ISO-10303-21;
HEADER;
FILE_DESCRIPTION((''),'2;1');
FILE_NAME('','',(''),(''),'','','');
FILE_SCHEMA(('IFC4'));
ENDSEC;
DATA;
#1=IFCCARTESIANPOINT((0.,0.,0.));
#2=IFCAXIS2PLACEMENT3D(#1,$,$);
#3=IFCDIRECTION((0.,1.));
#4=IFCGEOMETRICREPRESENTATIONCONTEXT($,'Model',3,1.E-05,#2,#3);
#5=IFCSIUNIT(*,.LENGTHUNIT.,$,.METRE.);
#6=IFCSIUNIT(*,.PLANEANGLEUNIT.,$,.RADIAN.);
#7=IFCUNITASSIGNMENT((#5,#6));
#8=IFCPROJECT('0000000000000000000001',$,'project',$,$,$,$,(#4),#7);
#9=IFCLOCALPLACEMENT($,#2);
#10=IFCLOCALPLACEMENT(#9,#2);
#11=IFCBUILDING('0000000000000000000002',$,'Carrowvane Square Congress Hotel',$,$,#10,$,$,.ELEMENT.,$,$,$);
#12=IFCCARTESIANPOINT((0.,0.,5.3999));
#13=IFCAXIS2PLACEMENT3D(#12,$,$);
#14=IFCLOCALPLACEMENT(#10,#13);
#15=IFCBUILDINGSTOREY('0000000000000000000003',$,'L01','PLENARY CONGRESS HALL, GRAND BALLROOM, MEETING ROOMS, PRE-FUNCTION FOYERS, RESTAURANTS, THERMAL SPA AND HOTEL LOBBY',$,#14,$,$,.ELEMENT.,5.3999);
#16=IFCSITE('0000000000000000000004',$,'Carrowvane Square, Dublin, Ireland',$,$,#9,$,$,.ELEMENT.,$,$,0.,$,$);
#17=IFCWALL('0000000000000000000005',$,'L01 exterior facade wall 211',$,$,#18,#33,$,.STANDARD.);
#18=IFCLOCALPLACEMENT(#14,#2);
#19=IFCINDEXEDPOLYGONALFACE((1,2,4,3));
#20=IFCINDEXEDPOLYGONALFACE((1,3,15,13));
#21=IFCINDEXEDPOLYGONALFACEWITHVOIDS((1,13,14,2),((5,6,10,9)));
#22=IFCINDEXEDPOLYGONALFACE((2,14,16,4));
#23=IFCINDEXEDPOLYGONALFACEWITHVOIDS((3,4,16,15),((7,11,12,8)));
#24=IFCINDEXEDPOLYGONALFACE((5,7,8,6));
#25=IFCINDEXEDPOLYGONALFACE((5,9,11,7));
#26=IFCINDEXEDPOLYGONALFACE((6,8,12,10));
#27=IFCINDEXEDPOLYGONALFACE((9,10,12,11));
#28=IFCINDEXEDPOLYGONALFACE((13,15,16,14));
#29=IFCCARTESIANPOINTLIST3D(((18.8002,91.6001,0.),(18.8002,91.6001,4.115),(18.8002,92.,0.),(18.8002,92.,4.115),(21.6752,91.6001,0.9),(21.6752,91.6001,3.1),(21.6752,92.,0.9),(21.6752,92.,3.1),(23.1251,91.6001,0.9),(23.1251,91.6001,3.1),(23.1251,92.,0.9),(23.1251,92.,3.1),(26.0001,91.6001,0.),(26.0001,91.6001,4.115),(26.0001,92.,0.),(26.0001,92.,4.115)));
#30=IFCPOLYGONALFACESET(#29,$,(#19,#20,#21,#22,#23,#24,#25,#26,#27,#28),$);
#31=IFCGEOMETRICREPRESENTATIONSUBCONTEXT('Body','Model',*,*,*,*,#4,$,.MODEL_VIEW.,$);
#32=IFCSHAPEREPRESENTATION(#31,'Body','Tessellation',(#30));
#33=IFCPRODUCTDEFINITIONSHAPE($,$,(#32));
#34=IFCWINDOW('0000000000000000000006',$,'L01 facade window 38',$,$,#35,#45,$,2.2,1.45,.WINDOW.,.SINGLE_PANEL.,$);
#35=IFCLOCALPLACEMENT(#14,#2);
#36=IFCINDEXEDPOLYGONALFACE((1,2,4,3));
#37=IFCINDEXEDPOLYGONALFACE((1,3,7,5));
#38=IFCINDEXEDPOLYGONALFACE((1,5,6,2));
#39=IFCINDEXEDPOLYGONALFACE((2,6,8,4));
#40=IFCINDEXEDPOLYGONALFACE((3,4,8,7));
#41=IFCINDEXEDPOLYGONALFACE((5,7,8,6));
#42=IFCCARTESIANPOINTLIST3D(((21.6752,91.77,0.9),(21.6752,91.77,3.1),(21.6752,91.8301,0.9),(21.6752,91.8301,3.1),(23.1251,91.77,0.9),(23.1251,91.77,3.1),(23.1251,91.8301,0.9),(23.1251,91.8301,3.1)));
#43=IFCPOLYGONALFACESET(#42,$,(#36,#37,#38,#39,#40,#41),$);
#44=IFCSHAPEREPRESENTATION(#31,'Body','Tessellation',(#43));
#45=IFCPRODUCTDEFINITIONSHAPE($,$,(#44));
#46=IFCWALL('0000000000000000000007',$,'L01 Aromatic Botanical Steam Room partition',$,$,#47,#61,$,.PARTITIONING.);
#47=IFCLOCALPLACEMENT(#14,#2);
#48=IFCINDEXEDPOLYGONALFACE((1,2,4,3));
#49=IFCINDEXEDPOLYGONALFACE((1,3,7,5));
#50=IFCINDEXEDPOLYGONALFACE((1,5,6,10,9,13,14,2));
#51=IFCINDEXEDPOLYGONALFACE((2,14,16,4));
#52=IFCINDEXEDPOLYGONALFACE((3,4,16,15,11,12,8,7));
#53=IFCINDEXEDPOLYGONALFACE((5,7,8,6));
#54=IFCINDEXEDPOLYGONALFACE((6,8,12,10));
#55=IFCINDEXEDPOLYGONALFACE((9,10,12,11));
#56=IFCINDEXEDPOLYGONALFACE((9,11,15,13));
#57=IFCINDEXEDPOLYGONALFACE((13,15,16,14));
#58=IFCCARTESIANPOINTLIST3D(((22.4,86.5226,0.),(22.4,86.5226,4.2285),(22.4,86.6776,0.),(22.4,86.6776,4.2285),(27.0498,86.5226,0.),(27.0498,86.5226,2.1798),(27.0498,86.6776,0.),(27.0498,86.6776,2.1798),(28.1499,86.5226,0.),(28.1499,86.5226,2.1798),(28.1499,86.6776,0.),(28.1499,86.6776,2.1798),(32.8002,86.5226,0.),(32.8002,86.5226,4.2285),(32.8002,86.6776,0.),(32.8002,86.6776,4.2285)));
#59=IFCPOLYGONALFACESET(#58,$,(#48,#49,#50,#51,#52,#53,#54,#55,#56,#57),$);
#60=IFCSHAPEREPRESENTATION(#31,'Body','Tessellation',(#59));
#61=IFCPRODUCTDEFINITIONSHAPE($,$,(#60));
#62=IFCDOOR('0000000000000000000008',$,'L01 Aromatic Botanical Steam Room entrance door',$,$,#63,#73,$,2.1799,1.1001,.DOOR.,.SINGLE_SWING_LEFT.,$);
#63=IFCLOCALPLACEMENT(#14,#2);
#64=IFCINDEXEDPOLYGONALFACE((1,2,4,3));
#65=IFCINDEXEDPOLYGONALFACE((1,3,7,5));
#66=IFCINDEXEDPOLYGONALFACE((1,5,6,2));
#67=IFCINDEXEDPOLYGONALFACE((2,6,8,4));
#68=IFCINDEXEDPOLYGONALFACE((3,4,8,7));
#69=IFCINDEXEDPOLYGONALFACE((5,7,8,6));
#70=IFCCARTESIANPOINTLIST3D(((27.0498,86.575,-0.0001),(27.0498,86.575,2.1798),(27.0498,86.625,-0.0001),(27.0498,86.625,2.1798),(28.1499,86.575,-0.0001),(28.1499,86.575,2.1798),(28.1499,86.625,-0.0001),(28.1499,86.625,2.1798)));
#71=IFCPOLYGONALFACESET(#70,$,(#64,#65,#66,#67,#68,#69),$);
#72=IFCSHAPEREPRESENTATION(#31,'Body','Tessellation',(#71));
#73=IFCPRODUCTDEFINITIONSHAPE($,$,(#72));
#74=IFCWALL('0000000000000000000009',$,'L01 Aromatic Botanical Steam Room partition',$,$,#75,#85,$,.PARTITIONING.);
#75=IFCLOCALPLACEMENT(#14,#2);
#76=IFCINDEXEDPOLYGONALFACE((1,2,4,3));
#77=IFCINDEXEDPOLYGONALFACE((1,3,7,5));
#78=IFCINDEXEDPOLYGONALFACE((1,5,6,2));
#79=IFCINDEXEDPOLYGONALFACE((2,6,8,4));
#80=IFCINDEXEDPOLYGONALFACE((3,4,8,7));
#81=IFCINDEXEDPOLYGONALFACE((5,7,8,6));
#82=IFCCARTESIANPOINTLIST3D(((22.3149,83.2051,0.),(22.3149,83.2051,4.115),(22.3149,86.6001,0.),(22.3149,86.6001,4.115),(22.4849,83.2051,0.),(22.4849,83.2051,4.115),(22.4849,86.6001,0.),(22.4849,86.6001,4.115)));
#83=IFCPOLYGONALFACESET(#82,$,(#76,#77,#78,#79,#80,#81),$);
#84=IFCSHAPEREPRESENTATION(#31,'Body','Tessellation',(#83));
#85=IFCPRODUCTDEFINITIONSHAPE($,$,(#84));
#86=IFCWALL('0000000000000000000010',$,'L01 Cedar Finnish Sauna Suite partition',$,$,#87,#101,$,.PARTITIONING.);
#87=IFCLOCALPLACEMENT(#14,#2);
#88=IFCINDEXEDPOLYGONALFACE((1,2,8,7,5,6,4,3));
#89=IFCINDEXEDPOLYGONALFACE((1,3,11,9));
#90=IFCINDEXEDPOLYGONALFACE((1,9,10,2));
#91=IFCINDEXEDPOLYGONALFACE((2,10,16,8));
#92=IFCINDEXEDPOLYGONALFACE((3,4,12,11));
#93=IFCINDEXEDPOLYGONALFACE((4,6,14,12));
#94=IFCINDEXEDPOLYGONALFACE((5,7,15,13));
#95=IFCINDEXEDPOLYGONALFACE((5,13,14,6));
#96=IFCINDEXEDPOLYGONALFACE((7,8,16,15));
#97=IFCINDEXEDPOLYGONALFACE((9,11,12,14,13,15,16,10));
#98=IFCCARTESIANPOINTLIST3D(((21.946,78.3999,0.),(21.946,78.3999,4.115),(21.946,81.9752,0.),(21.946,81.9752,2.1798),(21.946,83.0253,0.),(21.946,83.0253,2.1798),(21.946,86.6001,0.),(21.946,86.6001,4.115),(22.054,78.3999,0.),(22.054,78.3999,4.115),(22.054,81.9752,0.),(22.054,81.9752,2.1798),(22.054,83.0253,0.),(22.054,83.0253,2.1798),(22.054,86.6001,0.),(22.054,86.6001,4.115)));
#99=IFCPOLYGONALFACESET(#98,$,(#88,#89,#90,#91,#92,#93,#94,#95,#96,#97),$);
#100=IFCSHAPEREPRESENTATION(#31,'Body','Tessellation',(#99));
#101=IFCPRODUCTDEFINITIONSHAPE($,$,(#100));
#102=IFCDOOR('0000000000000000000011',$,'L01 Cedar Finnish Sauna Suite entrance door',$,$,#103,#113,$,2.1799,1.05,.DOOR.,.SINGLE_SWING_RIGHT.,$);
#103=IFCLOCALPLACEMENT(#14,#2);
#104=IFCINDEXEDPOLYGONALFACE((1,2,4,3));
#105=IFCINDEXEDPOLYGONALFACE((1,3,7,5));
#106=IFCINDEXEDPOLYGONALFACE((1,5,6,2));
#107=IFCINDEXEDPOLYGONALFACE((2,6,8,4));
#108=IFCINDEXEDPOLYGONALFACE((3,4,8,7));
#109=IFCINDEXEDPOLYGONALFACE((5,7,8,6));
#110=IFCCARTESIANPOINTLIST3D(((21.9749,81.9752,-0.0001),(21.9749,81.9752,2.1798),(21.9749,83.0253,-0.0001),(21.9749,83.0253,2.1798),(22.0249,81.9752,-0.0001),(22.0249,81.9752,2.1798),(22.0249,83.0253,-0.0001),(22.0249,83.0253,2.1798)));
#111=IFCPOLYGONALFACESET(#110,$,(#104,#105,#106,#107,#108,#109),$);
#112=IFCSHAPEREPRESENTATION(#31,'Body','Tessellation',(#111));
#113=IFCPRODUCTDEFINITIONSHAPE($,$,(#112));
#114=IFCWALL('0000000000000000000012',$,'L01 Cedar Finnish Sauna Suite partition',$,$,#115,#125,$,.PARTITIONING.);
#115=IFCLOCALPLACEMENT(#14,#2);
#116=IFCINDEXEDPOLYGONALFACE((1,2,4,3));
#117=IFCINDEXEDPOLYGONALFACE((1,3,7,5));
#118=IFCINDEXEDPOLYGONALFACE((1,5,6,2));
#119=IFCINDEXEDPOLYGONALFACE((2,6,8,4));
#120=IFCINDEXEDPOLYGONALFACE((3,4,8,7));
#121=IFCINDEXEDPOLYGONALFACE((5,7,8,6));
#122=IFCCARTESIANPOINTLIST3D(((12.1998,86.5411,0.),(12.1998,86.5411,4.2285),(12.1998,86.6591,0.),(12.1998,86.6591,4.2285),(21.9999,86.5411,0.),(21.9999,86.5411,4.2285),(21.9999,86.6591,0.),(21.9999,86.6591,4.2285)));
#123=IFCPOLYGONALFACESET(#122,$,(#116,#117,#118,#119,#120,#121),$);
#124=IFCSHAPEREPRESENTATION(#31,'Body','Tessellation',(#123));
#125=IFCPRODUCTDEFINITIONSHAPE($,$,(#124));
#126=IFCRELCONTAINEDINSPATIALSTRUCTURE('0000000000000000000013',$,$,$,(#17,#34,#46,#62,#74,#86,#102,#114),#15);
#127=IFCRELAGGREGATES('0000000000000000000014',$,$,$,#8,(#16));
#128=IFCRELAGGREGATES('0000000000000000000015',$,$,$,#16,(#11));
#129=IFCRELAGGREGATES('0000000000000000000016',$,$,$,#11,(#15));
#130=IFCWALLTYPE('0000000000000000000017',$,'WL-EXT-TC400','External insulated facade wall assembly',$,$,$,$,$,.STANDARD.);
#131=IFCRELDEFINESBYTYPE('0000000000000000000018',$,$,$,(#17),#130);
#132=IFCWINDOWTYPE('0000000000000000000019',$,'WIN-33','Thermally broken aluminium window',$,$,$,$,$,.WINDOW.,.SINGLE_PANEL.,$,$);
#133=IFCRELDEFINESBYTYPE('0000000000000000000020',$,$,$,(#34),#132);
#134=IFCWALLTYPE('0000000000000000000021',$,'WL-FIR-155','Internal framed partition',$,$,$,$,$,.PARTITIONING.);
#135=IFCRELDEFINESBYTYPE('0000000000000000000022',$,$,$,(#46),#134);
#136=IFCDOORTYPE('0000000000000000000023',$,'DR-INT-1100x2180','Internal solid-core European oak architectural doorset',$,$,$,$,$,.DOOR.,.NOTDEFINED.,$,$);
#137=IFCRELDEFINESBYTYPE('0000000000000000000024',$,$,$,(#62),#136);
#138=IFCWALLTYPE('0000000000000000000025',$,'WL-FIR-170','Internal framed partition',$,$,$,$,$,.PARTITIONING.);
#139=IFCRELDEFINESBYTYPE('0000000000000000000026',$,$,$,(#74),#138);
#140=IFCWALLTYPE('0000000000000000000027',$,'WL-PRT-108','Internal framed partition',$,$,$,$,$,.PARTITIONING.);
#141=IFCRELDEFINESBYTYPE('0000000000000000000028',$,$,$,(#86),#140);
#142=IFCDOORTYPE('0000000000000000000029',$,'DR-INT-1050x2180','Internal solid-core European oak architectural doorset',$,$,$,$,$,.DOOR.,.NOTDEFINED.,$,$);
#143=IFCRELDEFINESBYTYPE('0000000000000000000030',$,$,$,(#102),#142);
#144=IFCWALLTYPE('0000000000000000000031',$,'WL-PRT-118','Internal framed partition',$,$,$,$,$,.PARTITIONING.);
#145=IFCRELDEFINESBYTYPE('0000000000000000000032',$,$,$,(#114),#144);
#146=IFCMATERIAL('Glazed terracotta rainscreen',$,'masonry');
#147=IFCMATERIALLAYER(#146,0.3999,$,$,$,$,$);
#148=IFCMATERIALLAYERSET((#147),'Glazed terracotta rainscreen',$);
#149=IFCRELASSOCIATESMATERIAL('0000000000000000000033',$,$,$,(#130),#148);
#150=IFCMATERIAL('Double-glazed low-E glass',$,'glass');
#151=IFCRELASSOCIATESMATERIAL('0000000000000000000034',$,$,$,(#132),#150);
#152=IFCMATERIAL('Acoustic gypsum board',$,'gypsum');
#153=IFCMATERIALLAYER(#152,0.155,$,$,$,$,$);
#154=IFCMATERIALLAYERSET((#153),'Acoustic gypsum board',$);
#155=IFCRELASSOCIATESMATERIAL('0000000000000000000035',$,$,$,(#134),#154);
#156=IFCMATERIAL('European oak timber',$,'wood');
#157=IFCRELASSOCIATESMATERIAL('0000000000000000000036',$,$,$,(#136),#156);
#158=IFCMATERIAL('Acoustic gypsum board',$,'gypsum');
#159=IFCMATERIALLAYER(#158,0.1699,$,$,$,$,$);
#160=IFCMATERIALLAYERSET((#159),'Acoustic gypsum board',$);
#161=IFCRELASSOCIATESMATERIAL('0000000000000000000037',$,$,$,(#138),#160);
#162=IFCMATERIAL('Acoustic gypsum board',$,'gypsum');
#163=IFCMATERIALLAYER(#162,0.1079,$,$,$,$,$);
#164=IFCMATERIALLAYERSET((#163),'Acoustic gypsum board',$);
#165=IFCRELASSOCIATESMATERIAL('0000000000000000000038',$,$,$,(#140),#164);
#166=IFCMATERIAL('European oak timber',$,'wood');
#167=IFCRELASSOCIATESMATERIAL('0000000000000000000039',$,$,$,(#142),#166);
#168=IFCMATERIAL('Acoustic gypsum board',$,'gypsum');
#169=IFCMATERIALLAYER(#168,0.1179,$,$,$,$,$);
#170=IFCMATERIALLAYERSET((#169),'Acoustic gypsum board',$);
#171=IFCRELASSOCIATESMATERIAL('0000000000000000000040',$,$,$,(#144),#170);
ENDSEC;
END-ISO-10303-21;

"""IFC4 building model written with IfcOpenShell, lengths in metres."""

from ifc_helpers import new_model, si_unit, direction, frame, frame_2d, origin, place, context, subcontext, project, spatial, rectangle, extrude, material, layer, layer_set, type_object, element, fill, save


model = new_model("IFC4")

# Units and contexts
model_context = context("Model", 3, precision=1e-05, world=origin(), true_north=direction((0.0, 1.0)))
body_context = subcontext(model_context, "Body", "Model", "MODEL_VIEW")
ifc_project = project(units=[si_unit("LENGTHUNIT", "METRE"), si_unit("PLANEANGLEUNIT", "RADIAN")], contexts=[model_context])

# Site, building, storey
site_placement = place(None, origin())
site = spatial("IfcSite", under=ifc_project, at=site_placement, Name="Carrowvane Square, Dublin, Ireland", CompositionType="ELEMENT", RefElevation=0.0)
building_placement = place(site_placement, origin())
building = spatial("IfcBuilding", under=site, at=building_placement, Name="Carrowvane Square Congress Hotel", CompositionType="ELEMENT")
storey_placement = place(building_placement, frame((0.0, 0.0, 5.3999)))
storey = spatial("IfcBuildingStorey", under=building, at=storey_placement, Name="L01", Description="PLENARY CONGRESS HALL, GRAND BALLROOM, MEETING ROOMS, PRE-FUNCTION FOYERS, RESTAURANTS, THERMAL SPA AND HOTEL LOBBY", CompositionType="ELEMENT", Elevation=5.3999)

# Wall, opening, window
ifc_material_1 = material(Name="Glazed terracotta rainscreen", Category="masonry")
ifc_layer_1 = layer(ifc_material_1, 0.3999)
ifc_layer_set_1 = layer_set([ifc_layer_1], Name="Glazed terracotta rainscreen")
wall_type_1 = type_object("IfcWallType", Name="WL-EXT-TC400", Description="External insulated facade wall assembly", PredefinedType="STANDARD", material=ifc_layer_set_1)
wall_1_placement = place(storey_placement, frame((18.8, 91.8, 0.0), z_axis=(0.0, 0.0, 1.0), x_axis=(1.0, 0.0, 0.0)))
wall_1 = element("IfcWall", 1, at=wall_1_placement, inside=storey, type_object=wall_type_1, Name="L01 exterior facade wall 211", PredefinedType="STANDARD", context=body_context, shape_type="SweptSolid", body=[
    extrude(rectangle(XDim=7.2, YDim=0.3999, at=frame_2d((3.6001, 0.0))), origin(), (0.0, 0.0, 1.0), 4.115),
])
opening_1_placement = place(wall_1_placement, frame((2.875, 0.0, 0.8999)))
opening_1 = element("IfcOpeningElement", 2, at=opening_1_placement, cuts=wall_1, PredefinedType="OPENING", context=body_context, shape_type="SweptSolid", body=[
    extrude(rectangle(XDim=1.45, YDim=2.2, at=frame_2d((0.7251, 1.1001))), frame((0.0, 0.21, 0.0), z_axis=(0.0, -1.0, 0.0), x_axis=(1.0, 0.0, 0.0)), (0.0, 0.0, 1.0), 0.4199),
])
ifc_material_2 = material(Name="Double-glazed low-E glass", Category="glass")
window_type_1 = type_object("IfcWindowType", Name="WIN-33", Description="Thermally broken aluminium window", PartitioningType="SINGLE_PANEL", PredefinedType="WINDOW", material=ifc_material_2)
window_1_placement = place(opening_1_placement, origin())
window_1 = element("IfcWindow", 3, at=window_1_placement, inside=storey, type_object=window_type_1, Name="L01 facade window 38", OverallHeight=2.2, OverallWidth=1.45, PartitioningType="SINGLE_PANEL", PredefinedType="WINDOW", context=body_context, shape_type="SweptSolid", body=[
    extrude(rectangle(XDim=1.45, YDim=2.2, at=frame_2d((0.7251, 1.1001))), frame((0.0, 0.03, 0.0), z_axis=(0.0, -1.0, 0.0), x_axis=(1.0, 0.0, 0.0)), (0.0, 0.0, 1.0), 0.0601),
])
fill(opening_1, window_1)

# Wall, opening, door
ifc_material_3 = material(Name="Acoustic gypsum board", Category="gypsum")
ifc_layer_2 = layer(ifc_material_3, 0.155)
ifc_layer_set_2 = layer_set([ifc_layer_2], Name="Acoustic gypsum board")
wall_type_2 = type_object("IfcWallType", Name="WL-FIR-155", Description="Internal framed partition", PredefinedType="PARTITIONING", material=ifc_layer_set_2)
wall_2_placement = place(storey_placement, frame((22.3999, 86.6001, 0.0), z_axis=(0.0, 0.0, 1.0), x_axis=(1.0, 0.0, 0.0)))
wall_2 = element("IfcWall", 4, at=wall_2_placement, inside=storey, type_object=wall_type_2, Name="L01 Aromatic Botanical Steam Room partition", PredefinedType="PARTITIONING", context=body_context, shape_type="SweptSolid", body=[
    extrude(rectangle(XDim=10.4001, YDim=0.155, at=frame_2d((5.2002, 0.0))), origin(), (0.0, 0.0, 1.0), 4.2285),
])
opening_2_placement = place(wall_2_placement, frame((4.6499, 0.0, 0.0)))
opening_2 = element("IfcOpeningElement", 5, at=opening_2_placement, cuts=wall_2, PredefinedType="OPENING", context=body_context, shape_type="SweptSolid", body=[
    extrude(rectangle(XDim=1.1001, YDim=2.1799, at=frame_2d((0.55, 1.0898))), frame((0.0, 0.0874, 0.0), z_axis=(0.0, -1.0, 0.0), x_axis=(1.0, 0.0, 0.0)), (0.0, 0.0, 1.0), 0.175),
])
ifc_material_4 = material(Name="European oak timber", Category="wood")
door_type_1 = type_object("IfcDoorType", Name="DR-INT-1100x2180", Description="Internal solid-core European oak architectural doorset", OperationType="NOTDEFINED", PredefinedType="DOOR", material=ifc_material_4)
door_1_placement = place(opening_2_placement, origin())
door_1 = element("IfcDoor", 6, at=door_1_placement, inside=storey, type_object=door_type_1, Name="L01 Aromatic Botanical Steam Room entrance door", OperationType="SINGLE_SWING_LEFT", OverallHeight=2.1799, OverallWidth=1.1001, PredefinedType="DOOR", context=body_context, shape_type="SweptSolid", body=[
    extrude(rectangle(XDim=1.1001, YDim=2.1799, at=frame_2d((0.55, 1.0898))), frame((0.0, 0.0249, 0.0), z_axis=(0.0, -1.0, 0.0), x_axis=(1.0, 0.0, 0.0)), (0.0, 0.0, 1.0), 0.05),
])
fill(opening_2, door_1)

# Wall
ifc_material_5 = material(Name="Acoustic gypsum board", Category="gypsum")
ifc_layer_3 = layer(ifc_material_5, 0.1699)
ifc_layer_set_3 = layer_set([ifc_layer_3], Name="Acoustic gypsum board")
wall_type_3 = type_object("IfcWallType", Name="WL-FIR-170", Description="Internal framed partition", PredefinedType="PARTITIONING", material=ifc_layer_set_3)
wall_3_placement = place(storey_placement, frame((22.3999, 83.2051, 0.0), z_axis=(0.0, 0.0, 1.0), x_axis=(0.0, 1.0, 0.0)))
element("IfcWall", 7, at=wall_3_placement, inside=storey, type_object=wall_type_3, Name="L01 Aromatic Botanical Steam Room partition", PredefinedType="PARTITIONING", context=body_context, shape_type="SweptSolid", body=[
    extrude(rectangle(XDim=3.395, YDim=0.1699, at=frame_2d((1.6975, 0.0))), origin(), (0.0, 0.0, 1.0), 4.115),
])

# Wall, opening, door
ifc_material_6 = material(Name="Acoustic gypsum board", Category="gypsum")
ifc_layer_4 = layer(ifc_material_6, 0.1079)
ifc_layer_set_4 = layer_set([ifc_layer_4], Name="Acoustic gypsum board")
wall_type_4 = type_object("IfcWallType", Name="WL-PRT-108", Description="Internal framed partition", PredefinedType="PARTITIONING", material=ifc_layer_set_4)
wall_4_placement = place(storey_placement, frame((22.0, 86.6001, 0.0), z_axis=(0.0, 0.0, 1.0), x_axis=(0.0, -1.0, 0.0)))
wall_4 = element("IfcWall", 8, at=wall_4_placement, inside=storey, type_object=wall_type_4, Name="L01 Cedar Finnish Sauna Suite partition", PredefinedType="PARTITIONING", context=body_context, shape_type="SweptSolid", body=[
    extrude(rectangle(XDim=8.2002, YDim=0.1079, at=frame_2d((4.1001, 0.0))), origin(), (0.0, 0.0, 1.0), 4.115),
])
opening_3_placement = place(wall_4_placement, frame((3.575, 0.0, 0.0)))
opening_3 = element("IfcOpeningElement", 9, at=opening_3_placement, cuts=wall_4, PredefinedType="OPENING", context=body_context, shape_type="SweptSolid", body=[
    extrude(rectangle(XDim=1.05, YDim=2.1799, at=frame_2d((0.5249, 1.0898))), frame((0.0, 0.064, 0.0), z_axis=(0.0, -1.0, 0.0), x_axis=(1.0, 0.0, 0.0)), (0.0, 0.0, 1.0), 0.1279),
])
ifc_material_7 = material(Name="European oak timber", Category="wood")
door_type_2 = type_object("IfcDoorType", Name="DR-INT-1050x2180", Description="Internal solid-core European oak architectural doorset", OperationType="NOTDEFINED", PredefinedType="DOOR", material=ifc_material_7)
door_2_placement = place(opening_3_placement, origin())
door_2 = element("IfcDoor", 10, at=door_2_placement, inside=storey, type_object=door_type_2, Name="L01 Cedar Finnish Sauna Suite entrance door", OperationType="SINGLE_SWING_RIGHT", OverallHeight=2.1799, OverallWidth=1.05, PredefinedType="DOOR", context=body_context, shape_type="SweptSolid", body=[
    extrude(rectangle(XDim=1.05, YDim=2.1799, at=frame_2d((0.5249, 1.0898))), frame((0.0, 0.0249, 0.0), z_axis=(0.0, -1.0, 0.0), x_axis=(1.0, 0.0, 0.0)), (0.0, 0.0, 1.0), 0.05),
])
fill(opening_3, door_2)

# Wall
ifc_material_8 = material(Name="Acoustic gypsum board", Category="gypsum")
ifc_layer_5 = layer(ifc_material_8, 0.1179)
ifc_layer_set_5 = layer_set([ifc_layer_5], Name="Acoustic gypsum board")
wall_type_5 = type_object("IfcWallType", Name="WL-PRT-118", Description="Internal framed partition", PredefinedType="PARTITIONING", material=ifc_layer_set_5)
wall_5_placement = place(storey_placement, frame((12.2, 86.6001, 0.0), z_axis=(0.0, 0.0, 1.0), x_axis=(1.0, 0.0, 0.0)))
element("IfcWall", 11, at=wall_5_placement, inside=storey, type_object=wall_type_5, Name="L01 Cedar Finnish Sauna Suite partition", PredefinedType="PARTITIONING", context=body_context, shape_type="SweptSolid", body=[
    extrude(rectangle(XDim=9.8, YDim=0.1179, at=frame_2d((4.8999, 0.0))), origin(), (0.0, 0.0, 1.0), 4.2285),
])

save(model, "model.ifc")
